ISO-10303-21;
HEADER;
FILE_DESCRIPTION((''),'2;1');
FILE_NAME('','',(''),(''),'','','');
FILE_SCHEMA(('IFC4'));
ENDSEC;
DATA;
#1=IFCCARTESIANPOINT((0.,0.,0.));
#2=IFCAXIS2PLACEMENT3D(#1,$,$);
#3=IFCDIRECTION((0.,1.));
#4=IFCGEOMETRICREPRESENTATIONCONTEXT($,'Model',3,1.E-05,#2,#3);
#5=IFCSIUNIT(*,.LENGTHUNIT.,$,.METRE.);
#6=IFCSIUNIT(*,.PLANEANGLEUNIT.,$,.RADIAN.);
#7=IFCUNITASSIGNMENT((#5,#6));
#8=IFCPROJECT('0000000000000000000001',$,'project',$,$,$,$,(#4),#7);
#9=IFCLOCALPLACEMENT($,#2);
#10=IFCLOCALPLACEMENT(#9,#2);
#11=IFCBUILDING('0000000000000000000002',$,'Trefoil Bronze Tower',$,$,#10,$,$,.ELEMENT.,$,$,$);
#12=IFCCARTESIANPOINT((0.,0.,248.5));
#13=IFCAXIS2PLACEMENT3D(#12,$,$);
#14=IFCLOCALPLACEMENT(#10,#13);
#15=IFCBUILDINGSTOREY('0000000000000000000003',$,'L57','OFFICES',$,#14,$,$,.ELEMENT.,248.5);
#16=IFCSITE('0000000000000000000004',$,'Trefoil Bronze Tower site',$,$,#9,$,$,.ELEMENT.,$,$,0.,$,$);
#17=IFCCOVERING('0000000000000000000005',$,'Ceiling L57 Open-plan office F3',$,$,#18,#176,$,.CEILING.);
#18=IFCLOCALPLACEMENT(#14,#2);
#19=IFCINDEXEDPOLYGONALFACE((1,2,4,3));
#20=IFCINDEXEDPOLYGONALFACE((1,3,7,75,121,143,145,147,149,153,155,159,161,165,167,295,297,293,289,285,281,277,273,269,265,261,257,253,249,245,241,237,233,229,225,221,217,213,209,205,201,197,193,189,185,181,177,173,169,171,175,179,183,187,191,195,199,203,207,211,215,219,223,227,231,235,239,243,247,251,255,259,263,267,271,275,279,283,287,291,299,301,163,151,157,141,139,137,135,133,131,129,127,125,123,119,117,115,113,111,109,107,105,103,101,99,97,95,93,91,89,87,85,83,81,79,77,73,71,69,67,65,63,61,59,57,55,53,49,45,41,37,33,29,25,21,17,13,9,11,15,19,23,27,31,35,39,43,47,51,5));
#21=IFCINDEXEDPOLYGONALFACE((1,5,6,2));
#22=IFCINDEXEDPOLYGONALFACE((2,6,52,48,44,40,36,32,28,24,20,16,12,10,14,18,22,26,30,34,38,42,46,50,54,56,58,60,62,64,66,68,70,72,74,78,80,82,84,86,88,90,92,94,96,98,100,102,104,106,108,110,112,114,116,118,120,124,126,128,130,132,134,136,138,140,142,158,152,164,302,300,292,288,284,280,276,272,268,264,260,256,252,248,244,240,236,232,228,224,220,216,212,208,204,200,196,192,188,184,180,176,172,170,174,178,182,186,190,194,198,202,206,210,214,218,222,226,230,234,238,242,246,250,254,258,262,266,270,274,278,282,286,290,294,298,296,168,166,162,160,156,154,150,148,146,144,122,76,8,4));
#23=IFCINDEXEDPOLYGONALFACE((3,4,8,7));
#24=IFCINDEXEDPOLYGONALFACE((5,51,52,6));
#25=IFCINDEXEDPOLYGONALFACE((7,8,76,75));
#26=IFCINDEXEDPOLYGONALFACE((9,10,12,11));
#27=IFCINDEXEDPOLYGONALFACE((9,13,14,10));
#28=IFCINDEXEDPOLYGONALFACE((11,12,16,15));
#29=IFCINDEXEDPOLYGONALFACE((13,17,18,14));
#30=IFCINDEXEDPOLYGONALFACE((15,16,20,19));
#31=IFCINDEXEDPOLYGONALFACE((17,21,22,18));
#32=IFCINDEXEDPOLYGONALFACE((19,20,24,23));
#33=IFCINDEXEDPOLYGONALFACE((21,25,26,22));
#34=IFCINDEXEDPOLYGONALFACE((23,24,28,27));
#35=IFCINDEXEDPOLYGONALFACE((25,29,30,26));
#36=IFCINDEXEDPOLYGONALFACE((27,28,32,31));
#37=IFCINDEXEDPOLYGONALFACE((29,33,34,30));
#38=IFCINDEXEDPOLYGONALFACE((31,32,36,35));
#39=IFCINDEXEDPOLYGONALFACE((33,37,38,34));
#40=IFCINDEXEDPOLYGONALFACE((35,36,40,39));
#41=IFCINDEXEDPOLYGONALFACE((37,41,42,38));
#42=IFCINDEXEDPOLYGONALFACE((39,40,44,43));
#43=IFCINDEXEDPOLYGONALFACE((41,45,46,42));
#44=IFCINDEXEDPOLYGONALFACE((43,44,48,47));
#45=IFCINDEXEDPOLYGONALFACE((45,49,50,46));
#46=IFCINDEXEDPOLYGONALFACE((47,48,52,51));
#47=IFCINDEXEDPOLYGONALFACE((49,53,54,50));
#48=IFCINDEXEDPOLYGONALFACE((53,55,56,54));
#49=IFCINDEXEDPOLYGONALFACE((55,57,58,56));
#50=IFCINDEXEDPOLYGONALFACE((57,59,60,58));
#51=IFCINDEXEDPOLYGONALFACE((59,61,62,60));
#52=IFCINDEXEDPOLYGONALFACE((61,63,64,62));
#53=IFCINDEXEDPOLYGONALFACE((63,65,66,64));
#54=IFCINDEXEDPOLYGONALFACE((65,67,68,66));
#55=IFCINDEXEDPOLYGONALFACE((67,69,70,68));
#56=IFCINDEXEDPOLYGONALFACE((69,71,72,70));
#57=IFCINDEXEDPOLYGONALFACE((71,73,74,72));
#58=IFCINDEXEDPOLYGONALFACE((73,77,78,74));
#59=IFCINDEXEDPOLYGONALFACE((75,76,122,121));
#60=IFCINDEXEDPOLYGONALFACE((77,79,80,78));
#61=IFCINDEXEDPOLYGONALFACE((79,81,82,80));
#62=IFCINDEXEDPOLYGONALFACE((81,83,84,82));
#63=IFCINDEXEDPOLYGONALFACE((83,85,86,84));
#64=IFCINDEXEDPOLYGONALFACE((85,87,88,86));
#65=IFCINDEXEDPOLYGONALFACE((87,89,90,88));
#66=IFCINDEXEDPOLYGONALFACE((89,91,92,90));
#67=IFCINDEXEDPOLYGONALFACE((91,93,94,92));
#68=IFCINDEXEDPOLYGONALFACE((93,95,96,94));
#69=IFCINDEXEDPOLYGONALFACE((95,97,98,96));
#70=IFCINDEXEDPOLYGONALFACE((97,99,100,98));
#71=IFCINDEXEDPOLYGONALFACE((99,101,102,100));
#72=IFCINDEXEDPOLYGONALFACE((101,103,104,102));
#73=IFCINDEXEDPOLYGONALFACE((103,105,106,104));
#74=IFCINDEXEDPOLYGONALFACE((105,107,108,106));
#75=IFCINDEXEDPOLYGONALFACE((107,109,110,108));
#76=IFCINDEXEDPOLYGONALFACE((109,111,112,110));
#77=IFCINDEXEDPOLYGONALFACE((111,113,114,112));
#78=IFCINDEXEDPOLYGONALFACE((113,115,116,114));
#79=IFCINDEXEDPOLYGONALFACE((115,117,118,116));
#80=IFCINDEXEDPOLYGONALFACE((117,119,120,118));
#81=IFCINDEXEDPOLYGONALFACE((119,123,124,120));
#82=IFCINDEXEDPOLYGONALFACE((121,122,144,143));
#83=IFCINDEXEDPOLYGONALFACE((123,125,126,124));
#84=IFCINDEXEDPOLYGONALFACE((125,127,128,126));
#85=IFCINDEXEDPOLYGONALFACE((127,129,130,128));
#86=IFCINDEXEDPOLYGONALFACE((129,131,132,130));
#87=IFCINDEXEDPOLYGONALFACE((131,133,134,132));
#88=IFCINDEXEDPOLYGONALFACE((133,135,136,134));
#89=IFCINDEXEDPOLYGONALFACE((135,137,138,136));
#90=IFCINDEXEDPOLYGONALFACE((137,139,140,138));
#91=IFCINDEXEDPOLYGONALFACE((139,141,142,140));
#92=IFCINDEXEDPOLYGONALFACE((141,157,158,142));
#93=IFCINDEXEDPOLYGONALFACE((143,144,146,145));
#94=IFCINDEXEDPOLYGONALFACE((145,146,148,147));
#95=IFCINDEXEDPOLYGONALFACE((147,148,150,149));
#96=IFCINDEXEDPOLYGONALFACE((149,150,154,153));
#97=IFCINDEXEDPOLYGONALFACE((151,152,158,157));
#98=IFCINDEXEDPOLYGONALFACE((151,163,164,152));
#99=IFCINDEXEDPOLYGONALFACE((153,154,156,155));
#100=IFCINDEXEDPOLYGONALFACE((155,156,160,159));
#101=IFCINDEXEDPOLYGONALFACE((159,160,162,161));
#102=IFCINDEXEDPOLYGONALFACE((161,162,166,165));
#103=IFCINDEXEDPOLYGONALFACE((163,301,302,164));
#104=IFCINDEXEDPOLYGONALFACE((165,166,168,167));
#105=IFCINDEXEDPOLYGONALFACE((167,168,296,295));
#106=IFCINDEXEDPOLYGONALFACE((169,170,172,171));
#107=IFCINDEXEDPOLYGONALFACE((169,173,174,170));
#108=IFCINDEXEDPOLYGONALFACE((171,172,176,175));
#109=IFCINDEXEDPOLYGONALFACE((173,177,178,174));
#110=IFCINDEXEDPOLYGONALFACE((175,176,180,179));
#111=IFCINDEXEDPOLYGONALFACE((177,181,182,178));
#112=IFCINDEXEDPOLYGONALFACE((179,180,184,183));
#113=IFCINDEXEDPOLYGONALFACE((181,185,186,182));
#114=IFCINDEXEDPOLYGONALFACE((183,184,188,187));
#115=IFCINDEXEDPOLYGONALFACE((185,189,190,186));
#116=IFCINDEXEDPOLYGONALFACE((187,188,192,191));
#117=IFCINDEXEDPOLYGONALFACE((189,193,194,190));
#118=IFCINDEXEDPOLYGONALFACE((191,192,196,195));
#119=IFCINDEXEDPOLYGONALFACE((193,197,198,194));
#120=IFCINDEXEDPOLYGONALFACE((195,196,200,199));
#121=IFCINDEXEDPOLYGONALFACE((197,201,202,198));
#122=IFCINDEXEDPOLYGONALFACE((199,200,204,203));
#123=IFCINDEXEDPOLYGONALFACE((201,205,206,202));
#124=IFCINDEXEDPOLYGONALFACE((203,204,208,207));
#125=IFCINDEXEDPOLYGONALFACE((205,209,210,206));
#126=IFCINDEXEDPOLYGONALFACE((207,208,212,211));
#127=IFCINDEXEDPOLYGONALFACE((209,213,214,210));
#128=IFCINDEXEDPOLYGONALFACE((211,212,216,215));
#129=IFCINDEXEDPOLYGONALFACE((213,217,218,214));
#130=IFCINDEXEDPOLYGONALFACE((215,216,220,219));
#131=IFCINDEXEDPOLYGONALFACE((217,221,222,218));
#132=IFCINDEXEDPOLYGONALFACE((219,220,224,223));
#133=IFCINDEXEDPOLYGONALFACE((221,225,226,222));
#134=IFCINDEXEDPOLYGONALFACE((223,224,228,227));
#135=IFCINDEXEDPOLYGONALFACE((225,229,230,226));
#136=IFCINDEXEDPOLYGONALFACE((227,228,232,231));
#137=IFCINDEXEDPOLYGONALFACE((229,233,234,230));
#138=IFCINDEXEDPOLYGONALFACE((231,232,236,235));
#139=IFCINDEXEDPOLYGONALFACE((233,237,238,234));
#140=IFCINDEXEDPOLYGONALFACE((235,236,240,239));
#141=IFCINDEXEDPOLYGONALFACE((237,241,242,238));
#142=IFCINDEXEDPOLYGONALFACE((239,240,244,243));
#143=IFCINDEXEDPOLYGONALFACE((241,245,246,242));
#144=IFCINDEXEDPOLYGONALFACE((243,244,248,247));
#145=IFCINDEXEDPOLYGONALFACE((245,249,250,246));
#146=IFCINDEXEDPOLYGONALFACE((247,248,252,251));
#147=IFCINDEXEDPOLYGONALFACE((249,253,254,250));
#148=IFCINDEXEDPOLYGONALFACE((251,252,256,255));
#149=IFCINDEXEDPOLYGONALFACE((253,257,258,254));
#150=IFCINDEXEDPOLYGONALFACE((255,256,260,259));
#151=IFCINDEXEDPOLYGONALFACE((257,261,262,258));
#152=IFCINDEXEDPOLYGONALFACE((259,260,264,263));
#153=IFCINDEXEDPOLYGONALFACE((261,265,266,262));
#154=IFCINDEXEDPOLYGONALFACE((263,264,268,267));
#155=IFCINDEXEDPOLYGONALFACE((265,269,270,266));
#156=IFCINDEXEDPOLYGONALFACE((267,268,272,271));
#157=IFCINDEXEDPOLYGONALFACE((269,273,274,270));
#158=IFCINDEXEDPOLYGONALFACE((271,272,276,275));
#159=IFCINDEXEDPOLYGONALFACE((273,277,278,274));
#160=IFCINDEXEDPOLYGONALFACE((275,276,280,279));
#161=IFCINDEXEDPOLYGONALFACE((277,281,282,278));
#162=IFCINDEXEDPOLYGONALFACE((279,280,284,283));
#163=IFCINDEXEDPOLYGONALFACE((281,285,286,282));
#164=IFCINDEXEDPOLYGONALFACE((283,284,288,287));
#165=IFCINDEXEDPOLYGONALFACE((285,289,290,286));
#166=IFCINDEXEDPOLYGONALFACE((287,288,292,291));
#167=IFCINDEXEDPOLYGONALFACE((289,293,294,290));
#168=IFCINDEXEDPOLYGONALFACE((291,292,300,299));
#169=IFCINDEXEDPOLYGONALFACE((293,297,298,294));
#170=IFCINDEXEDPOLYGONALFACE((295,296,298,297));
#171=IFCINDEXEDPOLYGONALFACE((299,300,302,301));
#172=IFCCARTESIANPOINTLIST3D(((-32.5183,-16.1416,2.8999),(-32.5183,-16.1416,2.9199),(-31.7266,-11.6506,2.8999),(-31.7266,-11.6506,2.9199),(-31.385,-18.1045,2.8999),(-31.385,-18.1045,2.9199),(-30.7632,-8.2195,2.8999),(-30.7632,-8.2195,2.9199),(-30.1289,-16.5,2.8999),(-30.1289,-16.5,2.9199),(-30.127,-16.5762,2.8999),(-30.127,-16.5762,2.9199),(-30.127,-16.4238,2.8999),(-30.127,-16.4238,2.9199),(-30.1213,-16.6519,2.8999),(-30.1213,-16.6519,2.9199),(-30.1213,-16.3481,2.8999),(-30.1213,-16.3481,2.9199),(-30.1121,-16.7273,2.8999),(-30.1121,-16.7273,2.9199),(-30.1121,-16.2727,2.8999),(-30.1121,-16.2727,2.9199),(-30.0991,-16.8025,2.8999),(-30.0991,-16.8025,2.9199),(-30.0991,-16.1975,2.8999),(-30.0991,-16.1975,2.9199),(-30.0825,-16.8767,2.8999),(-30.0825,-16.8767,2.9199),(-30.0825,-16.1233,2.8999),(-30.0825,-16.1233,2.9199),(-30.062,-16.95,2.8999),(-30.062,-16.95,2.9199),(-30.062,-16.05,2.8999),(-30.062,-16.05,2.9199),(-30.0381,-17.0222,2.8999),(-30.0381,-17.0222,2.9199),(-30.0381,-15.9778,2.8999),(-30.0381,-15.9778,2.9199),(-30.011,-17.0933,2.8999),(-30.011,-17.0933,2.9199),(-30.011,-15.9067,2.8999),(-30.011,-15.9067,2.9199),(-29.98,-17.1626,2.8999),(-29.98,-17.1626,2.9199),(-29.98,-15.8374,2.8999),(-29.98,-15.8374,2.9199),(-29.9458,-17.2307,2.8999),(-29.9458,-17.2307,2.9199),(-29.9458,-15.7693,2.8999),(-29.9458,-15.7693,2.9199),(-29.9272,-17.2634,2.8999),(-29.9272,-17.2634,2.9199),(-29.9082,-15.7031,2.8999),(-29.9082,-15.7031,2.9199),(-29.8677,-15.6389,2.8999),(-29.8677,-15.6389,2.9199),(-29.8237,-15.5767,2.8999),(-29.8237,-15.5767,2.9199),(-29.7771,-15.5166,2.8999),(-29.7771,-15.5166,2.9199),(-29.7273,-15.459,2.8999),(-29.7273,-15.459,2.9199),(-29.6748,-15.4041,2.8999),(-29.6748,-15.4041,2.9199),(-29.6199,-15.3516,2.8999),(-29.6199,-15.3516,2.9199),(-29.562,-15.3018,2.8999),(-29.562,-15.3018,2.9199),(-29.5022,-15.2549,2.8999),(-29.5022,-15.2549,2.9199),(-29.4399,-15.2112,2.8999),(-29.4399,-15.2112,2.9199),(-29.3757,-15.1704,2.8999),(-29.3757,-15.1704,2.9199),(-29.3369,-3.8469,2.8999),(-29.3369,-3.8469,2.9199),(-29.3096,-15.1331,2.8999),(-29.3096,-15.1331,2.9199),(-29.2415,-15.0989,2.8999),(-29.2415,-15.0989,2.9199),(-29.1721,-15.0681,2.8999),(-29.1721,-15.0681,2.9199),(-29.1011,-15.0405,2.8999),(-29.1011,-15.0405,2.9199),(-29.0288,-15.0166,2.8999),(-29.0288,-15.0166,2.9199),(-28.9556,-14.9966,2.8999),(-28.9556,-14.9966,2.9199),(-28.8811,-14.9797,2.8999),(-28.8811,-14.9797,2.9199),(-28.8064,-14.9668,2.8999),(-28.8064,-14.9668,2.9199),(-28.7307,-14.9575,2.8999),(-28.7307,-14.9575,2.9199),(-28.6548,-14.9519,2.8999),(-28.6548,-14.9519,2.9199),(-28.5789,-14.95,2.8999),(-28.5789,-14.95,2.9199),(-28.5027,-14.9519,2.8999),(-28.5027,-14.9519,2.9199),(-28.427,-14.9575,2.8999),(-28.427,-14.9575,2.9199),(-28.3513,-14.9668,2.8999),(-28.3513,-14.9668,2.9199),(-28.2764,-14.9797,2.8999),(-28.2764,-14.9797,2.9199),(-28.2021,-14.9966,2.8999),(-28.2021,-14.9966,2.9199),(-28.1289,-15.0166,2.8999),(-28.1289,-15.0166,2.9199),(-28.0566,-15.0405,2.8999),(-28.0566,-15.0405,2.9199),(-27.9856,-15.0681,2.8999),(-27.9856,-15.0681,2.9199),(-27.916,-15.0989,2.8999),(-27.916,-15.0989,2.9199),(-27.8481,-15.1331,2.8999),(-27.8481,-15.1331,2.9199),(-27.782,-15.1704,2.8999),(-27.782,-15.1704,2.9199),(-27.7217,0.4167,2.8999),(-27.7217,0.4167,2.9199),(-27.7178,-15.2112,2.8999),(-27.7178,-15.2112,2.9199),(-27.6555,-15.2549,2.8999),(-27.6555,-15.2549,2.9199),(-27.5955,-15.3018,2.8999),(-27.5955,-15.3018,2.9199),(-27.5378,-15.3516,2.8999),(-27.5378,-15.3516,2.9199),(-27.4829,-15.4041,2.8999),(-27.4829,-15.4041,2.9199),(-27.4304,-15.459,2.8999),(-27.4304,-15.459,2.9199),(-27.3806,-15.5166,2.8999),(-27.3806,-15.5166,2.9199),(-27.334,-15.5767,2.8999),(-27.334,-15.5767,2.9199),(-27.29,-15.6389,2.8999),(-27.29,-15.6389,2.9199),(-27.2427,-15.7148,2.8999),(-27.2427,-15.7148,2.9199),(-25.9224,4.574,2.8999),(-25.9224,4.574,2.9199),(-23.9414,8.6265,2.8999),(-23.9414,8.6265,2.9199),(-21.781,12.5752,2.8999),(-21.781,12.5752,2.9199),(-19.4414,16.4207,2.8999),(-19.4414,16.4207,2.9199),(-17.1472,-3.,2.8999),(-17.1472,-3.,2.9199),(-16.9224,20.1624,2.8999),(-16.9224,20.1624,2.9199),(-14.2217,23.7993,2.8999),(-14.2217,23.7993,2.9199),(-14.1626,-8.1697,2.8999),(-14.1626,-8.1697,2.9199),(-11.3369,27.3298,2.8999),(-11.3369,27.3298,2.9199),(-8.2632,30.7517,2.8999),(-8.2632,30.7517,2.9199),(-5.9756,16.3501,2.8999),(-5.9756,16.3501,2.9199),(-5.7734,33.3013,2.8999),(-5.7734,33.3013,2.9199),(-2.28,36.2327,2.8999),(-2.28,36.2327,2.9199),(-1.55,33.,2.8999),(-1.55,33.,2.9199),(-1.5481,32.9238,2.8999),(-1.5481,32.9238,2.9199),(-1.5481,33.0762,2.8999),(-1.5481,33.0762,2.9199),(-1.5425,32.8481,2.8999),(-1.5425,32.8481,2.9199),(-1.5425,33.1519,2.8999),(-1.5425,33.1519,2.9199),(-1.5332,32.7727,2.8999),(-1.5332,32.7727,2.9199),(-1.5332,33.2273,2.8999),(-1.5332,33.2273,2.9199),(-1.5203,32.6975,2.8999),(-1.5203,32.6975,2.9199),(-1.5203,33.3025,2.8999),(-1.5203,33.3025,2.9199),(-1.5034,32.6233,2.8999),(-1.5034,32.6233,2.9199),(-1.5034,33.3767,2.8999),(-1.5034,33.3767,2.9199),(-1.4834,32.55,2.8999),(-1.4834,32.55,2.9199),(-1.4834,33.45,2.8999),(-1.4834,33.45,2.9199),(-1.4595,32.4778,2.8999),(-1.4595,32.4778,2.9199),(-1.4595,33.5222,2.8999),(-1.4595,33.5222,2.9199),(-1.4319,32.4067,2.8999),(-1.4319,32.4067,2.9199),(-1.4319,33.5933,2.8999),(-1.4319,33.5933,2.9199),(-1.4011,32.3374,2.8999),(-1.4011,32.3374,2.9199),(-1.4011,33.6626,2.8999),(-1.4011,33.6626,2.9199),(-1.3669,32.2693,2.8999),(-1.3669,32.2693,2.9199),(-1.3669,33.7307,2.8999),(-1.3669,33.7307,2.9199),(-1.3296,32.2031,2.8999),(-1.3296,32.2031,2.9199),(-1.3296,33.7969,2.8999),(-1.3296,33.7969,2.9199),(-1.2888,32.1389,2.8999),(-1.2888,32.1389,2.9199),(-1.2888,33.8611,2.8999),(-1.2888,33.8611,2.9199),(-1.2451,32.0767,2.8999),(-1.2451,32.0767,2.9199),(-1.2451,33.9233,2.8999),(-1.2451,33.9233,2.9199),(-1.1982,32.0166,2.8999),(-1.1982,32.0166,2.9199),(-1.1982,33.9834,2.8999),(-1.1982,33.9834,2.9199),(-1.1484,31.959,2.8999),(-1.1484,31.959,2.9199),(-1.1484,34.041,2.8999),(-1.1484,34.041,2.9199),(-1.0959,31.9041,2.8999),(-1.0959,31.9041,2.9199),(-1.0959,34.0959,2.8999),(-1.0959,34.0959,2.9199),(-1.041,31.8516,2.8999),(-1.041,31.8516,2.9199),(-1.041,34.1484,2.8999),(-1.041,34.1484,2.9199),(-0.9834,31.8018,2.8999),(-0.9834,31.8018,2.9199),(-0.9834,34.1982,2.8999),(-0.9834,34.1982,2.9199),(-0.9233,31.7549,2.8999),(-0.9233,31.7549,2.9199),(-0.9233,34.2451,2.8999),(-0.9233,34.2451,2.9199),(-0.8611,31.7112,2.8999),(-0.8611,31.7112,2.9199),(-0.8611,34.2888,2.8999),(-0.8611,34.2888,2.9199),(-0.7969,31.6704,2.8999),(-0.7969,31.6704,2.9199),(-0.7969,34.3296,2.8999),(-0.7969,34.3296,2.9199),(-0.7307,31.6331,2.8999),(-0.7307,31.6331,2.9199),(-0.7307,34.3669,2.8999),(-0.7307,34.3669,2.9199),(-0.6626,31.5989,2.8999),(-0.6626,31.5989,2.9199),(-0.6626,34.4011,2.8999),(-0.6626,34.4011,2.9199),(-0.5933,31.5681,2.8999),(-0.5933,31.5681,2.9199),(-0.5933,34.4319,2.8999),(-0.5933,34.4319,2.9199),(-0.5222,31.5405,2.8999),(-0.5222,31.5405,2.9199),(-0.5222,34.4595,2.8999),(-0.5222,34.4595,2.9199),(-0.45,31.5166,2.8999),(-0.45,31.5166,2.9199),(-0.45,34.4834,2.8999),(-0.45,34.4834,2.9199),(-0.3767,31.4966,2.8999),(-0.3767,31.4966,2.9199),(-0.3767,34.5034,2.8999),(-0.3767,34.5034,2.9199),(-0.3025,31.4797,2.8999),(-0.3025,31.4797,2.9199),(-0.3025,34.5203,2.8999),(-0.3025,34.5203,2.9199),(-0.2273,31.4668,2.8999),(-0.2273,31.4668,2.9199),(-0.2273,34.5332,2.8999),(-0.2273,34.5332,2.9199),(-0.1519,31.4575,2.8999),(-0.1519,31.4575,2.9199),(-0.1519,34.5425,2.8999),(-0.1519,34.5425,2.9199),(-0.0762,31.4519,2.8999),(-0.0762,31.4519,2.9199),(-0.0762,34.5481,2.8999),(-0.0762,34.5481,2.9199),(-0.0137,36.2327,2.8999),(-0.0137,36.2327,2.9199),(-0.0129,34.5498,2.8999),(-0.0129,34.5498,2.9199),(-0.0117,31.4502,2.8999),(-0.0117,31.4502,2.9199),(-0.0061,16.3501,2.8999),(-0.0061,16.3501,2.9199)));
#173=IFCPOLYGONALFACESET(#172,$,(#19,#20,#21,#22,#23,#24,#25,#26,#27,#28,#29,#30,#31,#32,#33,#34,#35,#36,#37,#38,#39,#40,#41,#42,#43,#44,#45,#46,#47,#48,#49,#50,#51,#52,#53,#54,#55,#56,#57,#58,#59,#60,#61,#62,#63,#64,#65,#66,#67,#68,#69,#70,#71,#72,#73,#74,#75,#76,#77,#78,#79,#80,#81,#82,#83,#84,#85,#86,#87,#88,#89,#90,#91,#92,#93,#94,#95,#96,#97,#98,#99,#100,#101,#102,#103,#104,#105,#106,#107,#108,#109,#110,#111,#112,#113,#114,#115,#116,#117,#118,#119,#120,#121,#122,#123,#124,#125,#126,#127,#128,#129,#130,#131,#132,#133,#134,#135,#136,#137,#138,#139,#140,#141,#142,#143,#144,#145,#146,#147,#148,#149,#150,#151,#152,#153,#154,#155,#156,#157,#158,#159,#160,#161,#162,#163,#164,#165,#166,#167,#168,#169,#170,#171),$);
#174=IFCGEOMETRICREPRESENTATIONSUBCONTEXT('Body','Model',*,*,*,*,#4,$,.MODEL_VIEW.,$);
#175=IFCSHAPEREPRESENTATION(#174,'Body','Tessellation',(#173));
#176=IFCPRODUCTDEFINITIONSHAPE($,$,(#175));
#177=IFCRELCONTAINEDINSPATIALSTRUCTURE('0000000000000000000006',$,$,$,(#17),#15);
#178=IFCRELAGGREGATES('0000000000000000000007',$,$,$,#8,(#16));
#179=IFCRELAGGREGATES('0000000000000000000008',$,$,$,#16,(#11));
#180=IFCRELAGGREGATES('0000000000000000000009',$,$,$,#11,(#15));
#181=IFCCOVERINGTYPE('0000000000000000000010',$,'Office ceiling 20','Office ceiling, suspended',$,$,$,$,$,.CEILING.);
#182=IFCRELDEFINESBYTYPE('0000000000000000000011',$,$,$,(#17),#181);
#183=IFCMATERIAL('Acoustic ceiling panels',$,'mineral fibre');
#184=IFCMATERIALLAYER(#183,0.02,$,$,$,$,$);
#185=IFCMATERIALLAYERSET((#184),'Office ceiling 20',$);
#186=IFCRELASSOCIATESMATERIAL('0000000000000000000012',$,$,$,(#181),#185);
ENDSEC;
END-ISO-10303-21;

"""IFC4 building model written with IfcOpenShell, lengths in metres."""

from ifc_helpers import new_model, si_unit, direction, frame, origin, place, context, subcontext, project, spatial, polyline, outline, extrude, material, layer, layer_set, type_object, element, save


model = new_model("IFC4")

# Units and contexts
model_context = context("Model", 3, precision=1e-05, world=origin(), true_north=direction((0.0, 1.0)))
body_context = subcontext(model_context, "Body", "Model", "MODEL_VIEW")
ifc_project = project(units=[si_unit("LENGTHUNIT", "METRE"), si_unit("PLANEANGLEUNIT", "RADIAN")], contexts=[model_context])

# Site, building, storey
site_placement = place(None, origin())
site = spatial("IfcSite", under=ifc_project, at=site_placement, Name="Trefoil Bronze Tower site", CompositionType="ELEMENT", RefElevation=0.0)
building_placement = place(site_placement, origin())
building = spatial("IfcBuilding", under=site, at=building_placement, Name="Trefoil Bronze Tower", CompositionType="ELEMENT")
storey_placement = place(building_placement, frame((0.0, 0.0, 248.5)))
storey = spatial("IfcBuildingStorey", under=building, at=storey_placement, Name="L57", Description="OFFICES", CompositionType="ELEMENT", Elevation=248.5)

# Covering
ifc_material_1 = material(Name="Acoustic ceiling panels", Category="mineral fibre")
ifc_layer_1 = layer(ifc_material_1, 0.02)
ifc_layer_set_1 = layer_set([ifc_layer_1], Name="Office ceiling 20")
covering_type_1 = type_object("IfcCoveringType", Name="Office ceiling 20", Description="Office ceiling, suspended", PredefinedType="CEILING", material=ifc_layer_set_1)
covering_1_placement = place(storey_placement, frame((0.0, 0.0, 2.8999)))
element("IfcCovering", 1, at=covering_1_placement, inside=storey, type_object=covering_type_1, Name="Ceiling L57 Open-plan office F3", PredefinedType="CEILING", context=body_context, shape_type="SweptSolid", body=[
    extrude(outline(polyline([(-30.7632, -8.2195), (-29.3369, -3.8469), (-27.7217, 0.4167), (-25.9224, 4.574), (-23.9414, 8.6265), (-21.781, 12.5752), (-19.4414, 16.4207), (-16.9224, 20.1624), (-14.2217, 23.7993), (-11.3369, 27.3298), (-8.2632, 30.7517), (-5.7734, 33.3013), (-2.28, 36.2327), (-0.0137, 36.2327), (-0.0129, 34.5498), (-0.0762, 34.5481), (-0.1519, 34.5425), (-0.2273, 34.5332), (-0.3025, 34.5203), (-0.3767, 34.5034), (-0.45, 34.4834), (-0.5222, 34.4595), (-0.5933, 34.4319), (-0.6626, 34.4011), (-0.7307, 34.3669), (-0.7969, 34.3296), (-0.8611, 34.2888), (-0.9233, 34.2451), (-0.9834, 34.1982), (-1.041, 34.1484), (-1.0959, 34.0959), (-1.1484, 34.041), (-1.1982, 33.9834), (-1.2451, 33.9233), (-1.2888, 33.8611), (-1.3296, 33.7969), (-1.3669, 33.7307), (-1.4011, 33.6626), (-1.4319, 33.5933), (-1.4595, 33.5222), (-1.4834, 33.45), (-1.5034, 33.3767), (-1.5203, 33.3025), (-1.5332, 33.2273), (-1.5425, 33.1519), (-1.5481, 33.0762), (-1.55, 33.0), (-1.5481, 32.9238), (-1.5425, 32.8481), (-1.5332, 32.7727), (-1.5203, 32.6975), (-1.5034, 32.6233), (-1.4834, 32.55), (-1.4595, 32.4778), (-1.4319, 32.4067), (-1.4011, 32.3374), (-1.3669, 32.2693), (-1.3296, 32.2031), (-1.2888, 32.1389), (-1.2451, 32.0767), (-1.1982, 32.0166), (-1.1484, 31.959), (-1.0959, 31.9041), (-1.041, 31.8516), (-0.9834, 31.8018), (-0.9233, 31.7549), (-0.8611, 31.7112), (-0.7969, 31.6704), (-0.7307, 31.6331), (-0.6626, 31.5989), (-0.5933, 31.5681), (-0.5222, 31.5405), (-0.45, 31.5166), (-0.3767, 31.4966), (-0.3025, 31.4797), (-0.2273, 31.4668), (-0.1519, 31.4575), (-0.0762, 31.4519), (-0.0117, 31.4502), (-0.0061, 16.3501), (-5.9756, 16.3501), (-17.1472, -3.0), (-14.1626, -8.1697), (-27.2427, -15.7148), (-27.29, -15.6389), (-27.334, -15.5767), (-27.3806, -15.5166), (-27.4304, -15.459), (-27.4829, -15.4041), (-27.5378, -15.3516), (-27.5955, -15.3018), (-27.6555, -15.2549), (-27.7178, -15.2112), (-27.782, -15.1704), (-27.8481, -15.1331), (-27.916, -15.0989), (-27.9856, -15.0681), (-28.0566, -15.0405), (-28.1289, -15.0166), (-28.2021, -14.9966), (-28.2764, -14.9797), (-28.3513, -14.9668), (-28.427, -14.9575), (-28.5027, -14.9519), (-28.5789, -14.95), (-28.6548, -14.9519), (-28.7307, -14.9575), (-28.8064, -14.9668), (-28.8811, -14.9797), (-28.9556, -14.9966), (-29.0288, -15.0166), (-29.1011, -15.0405), (-29.1721, -15.0681), (-29.2415, -15.0989), (-29.3096, -15.1331), (-29.3757, -15.1704), (-29.4399, -15.2112), (-29.5022, -15.2549), (-29.562, -15.3018), (-29.6199, -15.3516), (-29.6748, -15.4041), (-29.7273, -15.459), (-29.7771, -15.5166), (-29.8237, -15.5767), (-29.8677, -15.6389), (-29.9082, -15.7031), (-29.9458, -15.7693), (-29.98, -15.8374), (-30.011, -15.9067), (-30.0381, -15.9778), (-30.062, -16.05), (-30.0825, -16.1233), (-30.0991, -16.1975), (-30.1121, -16.2727), (-30.1213, -16.3481), (-30.127, -16.4238), (-30.1289, -16.5), (-30.127, -16.5762), (-30.1213, -16.6519), (-30.1121, -16.7273), (-30.0991, -16.8025), (-30.0825, -16.8767), (-30.062, -16.95), (-30.0381, -17.0222), (-30.011, -17.0933), (-29.98, -17.1626), (-29.9458, -17.2307), (-29.9272, -17.2634), (-31.385, -18.1045), (-32.5183, -16.1416), (-31.7266, -11.6506), (-30.7632, -8.2195)])), origin(), (0.0, 0.0, 1.0), 0.02),
])

save(model, "model.ifc")
